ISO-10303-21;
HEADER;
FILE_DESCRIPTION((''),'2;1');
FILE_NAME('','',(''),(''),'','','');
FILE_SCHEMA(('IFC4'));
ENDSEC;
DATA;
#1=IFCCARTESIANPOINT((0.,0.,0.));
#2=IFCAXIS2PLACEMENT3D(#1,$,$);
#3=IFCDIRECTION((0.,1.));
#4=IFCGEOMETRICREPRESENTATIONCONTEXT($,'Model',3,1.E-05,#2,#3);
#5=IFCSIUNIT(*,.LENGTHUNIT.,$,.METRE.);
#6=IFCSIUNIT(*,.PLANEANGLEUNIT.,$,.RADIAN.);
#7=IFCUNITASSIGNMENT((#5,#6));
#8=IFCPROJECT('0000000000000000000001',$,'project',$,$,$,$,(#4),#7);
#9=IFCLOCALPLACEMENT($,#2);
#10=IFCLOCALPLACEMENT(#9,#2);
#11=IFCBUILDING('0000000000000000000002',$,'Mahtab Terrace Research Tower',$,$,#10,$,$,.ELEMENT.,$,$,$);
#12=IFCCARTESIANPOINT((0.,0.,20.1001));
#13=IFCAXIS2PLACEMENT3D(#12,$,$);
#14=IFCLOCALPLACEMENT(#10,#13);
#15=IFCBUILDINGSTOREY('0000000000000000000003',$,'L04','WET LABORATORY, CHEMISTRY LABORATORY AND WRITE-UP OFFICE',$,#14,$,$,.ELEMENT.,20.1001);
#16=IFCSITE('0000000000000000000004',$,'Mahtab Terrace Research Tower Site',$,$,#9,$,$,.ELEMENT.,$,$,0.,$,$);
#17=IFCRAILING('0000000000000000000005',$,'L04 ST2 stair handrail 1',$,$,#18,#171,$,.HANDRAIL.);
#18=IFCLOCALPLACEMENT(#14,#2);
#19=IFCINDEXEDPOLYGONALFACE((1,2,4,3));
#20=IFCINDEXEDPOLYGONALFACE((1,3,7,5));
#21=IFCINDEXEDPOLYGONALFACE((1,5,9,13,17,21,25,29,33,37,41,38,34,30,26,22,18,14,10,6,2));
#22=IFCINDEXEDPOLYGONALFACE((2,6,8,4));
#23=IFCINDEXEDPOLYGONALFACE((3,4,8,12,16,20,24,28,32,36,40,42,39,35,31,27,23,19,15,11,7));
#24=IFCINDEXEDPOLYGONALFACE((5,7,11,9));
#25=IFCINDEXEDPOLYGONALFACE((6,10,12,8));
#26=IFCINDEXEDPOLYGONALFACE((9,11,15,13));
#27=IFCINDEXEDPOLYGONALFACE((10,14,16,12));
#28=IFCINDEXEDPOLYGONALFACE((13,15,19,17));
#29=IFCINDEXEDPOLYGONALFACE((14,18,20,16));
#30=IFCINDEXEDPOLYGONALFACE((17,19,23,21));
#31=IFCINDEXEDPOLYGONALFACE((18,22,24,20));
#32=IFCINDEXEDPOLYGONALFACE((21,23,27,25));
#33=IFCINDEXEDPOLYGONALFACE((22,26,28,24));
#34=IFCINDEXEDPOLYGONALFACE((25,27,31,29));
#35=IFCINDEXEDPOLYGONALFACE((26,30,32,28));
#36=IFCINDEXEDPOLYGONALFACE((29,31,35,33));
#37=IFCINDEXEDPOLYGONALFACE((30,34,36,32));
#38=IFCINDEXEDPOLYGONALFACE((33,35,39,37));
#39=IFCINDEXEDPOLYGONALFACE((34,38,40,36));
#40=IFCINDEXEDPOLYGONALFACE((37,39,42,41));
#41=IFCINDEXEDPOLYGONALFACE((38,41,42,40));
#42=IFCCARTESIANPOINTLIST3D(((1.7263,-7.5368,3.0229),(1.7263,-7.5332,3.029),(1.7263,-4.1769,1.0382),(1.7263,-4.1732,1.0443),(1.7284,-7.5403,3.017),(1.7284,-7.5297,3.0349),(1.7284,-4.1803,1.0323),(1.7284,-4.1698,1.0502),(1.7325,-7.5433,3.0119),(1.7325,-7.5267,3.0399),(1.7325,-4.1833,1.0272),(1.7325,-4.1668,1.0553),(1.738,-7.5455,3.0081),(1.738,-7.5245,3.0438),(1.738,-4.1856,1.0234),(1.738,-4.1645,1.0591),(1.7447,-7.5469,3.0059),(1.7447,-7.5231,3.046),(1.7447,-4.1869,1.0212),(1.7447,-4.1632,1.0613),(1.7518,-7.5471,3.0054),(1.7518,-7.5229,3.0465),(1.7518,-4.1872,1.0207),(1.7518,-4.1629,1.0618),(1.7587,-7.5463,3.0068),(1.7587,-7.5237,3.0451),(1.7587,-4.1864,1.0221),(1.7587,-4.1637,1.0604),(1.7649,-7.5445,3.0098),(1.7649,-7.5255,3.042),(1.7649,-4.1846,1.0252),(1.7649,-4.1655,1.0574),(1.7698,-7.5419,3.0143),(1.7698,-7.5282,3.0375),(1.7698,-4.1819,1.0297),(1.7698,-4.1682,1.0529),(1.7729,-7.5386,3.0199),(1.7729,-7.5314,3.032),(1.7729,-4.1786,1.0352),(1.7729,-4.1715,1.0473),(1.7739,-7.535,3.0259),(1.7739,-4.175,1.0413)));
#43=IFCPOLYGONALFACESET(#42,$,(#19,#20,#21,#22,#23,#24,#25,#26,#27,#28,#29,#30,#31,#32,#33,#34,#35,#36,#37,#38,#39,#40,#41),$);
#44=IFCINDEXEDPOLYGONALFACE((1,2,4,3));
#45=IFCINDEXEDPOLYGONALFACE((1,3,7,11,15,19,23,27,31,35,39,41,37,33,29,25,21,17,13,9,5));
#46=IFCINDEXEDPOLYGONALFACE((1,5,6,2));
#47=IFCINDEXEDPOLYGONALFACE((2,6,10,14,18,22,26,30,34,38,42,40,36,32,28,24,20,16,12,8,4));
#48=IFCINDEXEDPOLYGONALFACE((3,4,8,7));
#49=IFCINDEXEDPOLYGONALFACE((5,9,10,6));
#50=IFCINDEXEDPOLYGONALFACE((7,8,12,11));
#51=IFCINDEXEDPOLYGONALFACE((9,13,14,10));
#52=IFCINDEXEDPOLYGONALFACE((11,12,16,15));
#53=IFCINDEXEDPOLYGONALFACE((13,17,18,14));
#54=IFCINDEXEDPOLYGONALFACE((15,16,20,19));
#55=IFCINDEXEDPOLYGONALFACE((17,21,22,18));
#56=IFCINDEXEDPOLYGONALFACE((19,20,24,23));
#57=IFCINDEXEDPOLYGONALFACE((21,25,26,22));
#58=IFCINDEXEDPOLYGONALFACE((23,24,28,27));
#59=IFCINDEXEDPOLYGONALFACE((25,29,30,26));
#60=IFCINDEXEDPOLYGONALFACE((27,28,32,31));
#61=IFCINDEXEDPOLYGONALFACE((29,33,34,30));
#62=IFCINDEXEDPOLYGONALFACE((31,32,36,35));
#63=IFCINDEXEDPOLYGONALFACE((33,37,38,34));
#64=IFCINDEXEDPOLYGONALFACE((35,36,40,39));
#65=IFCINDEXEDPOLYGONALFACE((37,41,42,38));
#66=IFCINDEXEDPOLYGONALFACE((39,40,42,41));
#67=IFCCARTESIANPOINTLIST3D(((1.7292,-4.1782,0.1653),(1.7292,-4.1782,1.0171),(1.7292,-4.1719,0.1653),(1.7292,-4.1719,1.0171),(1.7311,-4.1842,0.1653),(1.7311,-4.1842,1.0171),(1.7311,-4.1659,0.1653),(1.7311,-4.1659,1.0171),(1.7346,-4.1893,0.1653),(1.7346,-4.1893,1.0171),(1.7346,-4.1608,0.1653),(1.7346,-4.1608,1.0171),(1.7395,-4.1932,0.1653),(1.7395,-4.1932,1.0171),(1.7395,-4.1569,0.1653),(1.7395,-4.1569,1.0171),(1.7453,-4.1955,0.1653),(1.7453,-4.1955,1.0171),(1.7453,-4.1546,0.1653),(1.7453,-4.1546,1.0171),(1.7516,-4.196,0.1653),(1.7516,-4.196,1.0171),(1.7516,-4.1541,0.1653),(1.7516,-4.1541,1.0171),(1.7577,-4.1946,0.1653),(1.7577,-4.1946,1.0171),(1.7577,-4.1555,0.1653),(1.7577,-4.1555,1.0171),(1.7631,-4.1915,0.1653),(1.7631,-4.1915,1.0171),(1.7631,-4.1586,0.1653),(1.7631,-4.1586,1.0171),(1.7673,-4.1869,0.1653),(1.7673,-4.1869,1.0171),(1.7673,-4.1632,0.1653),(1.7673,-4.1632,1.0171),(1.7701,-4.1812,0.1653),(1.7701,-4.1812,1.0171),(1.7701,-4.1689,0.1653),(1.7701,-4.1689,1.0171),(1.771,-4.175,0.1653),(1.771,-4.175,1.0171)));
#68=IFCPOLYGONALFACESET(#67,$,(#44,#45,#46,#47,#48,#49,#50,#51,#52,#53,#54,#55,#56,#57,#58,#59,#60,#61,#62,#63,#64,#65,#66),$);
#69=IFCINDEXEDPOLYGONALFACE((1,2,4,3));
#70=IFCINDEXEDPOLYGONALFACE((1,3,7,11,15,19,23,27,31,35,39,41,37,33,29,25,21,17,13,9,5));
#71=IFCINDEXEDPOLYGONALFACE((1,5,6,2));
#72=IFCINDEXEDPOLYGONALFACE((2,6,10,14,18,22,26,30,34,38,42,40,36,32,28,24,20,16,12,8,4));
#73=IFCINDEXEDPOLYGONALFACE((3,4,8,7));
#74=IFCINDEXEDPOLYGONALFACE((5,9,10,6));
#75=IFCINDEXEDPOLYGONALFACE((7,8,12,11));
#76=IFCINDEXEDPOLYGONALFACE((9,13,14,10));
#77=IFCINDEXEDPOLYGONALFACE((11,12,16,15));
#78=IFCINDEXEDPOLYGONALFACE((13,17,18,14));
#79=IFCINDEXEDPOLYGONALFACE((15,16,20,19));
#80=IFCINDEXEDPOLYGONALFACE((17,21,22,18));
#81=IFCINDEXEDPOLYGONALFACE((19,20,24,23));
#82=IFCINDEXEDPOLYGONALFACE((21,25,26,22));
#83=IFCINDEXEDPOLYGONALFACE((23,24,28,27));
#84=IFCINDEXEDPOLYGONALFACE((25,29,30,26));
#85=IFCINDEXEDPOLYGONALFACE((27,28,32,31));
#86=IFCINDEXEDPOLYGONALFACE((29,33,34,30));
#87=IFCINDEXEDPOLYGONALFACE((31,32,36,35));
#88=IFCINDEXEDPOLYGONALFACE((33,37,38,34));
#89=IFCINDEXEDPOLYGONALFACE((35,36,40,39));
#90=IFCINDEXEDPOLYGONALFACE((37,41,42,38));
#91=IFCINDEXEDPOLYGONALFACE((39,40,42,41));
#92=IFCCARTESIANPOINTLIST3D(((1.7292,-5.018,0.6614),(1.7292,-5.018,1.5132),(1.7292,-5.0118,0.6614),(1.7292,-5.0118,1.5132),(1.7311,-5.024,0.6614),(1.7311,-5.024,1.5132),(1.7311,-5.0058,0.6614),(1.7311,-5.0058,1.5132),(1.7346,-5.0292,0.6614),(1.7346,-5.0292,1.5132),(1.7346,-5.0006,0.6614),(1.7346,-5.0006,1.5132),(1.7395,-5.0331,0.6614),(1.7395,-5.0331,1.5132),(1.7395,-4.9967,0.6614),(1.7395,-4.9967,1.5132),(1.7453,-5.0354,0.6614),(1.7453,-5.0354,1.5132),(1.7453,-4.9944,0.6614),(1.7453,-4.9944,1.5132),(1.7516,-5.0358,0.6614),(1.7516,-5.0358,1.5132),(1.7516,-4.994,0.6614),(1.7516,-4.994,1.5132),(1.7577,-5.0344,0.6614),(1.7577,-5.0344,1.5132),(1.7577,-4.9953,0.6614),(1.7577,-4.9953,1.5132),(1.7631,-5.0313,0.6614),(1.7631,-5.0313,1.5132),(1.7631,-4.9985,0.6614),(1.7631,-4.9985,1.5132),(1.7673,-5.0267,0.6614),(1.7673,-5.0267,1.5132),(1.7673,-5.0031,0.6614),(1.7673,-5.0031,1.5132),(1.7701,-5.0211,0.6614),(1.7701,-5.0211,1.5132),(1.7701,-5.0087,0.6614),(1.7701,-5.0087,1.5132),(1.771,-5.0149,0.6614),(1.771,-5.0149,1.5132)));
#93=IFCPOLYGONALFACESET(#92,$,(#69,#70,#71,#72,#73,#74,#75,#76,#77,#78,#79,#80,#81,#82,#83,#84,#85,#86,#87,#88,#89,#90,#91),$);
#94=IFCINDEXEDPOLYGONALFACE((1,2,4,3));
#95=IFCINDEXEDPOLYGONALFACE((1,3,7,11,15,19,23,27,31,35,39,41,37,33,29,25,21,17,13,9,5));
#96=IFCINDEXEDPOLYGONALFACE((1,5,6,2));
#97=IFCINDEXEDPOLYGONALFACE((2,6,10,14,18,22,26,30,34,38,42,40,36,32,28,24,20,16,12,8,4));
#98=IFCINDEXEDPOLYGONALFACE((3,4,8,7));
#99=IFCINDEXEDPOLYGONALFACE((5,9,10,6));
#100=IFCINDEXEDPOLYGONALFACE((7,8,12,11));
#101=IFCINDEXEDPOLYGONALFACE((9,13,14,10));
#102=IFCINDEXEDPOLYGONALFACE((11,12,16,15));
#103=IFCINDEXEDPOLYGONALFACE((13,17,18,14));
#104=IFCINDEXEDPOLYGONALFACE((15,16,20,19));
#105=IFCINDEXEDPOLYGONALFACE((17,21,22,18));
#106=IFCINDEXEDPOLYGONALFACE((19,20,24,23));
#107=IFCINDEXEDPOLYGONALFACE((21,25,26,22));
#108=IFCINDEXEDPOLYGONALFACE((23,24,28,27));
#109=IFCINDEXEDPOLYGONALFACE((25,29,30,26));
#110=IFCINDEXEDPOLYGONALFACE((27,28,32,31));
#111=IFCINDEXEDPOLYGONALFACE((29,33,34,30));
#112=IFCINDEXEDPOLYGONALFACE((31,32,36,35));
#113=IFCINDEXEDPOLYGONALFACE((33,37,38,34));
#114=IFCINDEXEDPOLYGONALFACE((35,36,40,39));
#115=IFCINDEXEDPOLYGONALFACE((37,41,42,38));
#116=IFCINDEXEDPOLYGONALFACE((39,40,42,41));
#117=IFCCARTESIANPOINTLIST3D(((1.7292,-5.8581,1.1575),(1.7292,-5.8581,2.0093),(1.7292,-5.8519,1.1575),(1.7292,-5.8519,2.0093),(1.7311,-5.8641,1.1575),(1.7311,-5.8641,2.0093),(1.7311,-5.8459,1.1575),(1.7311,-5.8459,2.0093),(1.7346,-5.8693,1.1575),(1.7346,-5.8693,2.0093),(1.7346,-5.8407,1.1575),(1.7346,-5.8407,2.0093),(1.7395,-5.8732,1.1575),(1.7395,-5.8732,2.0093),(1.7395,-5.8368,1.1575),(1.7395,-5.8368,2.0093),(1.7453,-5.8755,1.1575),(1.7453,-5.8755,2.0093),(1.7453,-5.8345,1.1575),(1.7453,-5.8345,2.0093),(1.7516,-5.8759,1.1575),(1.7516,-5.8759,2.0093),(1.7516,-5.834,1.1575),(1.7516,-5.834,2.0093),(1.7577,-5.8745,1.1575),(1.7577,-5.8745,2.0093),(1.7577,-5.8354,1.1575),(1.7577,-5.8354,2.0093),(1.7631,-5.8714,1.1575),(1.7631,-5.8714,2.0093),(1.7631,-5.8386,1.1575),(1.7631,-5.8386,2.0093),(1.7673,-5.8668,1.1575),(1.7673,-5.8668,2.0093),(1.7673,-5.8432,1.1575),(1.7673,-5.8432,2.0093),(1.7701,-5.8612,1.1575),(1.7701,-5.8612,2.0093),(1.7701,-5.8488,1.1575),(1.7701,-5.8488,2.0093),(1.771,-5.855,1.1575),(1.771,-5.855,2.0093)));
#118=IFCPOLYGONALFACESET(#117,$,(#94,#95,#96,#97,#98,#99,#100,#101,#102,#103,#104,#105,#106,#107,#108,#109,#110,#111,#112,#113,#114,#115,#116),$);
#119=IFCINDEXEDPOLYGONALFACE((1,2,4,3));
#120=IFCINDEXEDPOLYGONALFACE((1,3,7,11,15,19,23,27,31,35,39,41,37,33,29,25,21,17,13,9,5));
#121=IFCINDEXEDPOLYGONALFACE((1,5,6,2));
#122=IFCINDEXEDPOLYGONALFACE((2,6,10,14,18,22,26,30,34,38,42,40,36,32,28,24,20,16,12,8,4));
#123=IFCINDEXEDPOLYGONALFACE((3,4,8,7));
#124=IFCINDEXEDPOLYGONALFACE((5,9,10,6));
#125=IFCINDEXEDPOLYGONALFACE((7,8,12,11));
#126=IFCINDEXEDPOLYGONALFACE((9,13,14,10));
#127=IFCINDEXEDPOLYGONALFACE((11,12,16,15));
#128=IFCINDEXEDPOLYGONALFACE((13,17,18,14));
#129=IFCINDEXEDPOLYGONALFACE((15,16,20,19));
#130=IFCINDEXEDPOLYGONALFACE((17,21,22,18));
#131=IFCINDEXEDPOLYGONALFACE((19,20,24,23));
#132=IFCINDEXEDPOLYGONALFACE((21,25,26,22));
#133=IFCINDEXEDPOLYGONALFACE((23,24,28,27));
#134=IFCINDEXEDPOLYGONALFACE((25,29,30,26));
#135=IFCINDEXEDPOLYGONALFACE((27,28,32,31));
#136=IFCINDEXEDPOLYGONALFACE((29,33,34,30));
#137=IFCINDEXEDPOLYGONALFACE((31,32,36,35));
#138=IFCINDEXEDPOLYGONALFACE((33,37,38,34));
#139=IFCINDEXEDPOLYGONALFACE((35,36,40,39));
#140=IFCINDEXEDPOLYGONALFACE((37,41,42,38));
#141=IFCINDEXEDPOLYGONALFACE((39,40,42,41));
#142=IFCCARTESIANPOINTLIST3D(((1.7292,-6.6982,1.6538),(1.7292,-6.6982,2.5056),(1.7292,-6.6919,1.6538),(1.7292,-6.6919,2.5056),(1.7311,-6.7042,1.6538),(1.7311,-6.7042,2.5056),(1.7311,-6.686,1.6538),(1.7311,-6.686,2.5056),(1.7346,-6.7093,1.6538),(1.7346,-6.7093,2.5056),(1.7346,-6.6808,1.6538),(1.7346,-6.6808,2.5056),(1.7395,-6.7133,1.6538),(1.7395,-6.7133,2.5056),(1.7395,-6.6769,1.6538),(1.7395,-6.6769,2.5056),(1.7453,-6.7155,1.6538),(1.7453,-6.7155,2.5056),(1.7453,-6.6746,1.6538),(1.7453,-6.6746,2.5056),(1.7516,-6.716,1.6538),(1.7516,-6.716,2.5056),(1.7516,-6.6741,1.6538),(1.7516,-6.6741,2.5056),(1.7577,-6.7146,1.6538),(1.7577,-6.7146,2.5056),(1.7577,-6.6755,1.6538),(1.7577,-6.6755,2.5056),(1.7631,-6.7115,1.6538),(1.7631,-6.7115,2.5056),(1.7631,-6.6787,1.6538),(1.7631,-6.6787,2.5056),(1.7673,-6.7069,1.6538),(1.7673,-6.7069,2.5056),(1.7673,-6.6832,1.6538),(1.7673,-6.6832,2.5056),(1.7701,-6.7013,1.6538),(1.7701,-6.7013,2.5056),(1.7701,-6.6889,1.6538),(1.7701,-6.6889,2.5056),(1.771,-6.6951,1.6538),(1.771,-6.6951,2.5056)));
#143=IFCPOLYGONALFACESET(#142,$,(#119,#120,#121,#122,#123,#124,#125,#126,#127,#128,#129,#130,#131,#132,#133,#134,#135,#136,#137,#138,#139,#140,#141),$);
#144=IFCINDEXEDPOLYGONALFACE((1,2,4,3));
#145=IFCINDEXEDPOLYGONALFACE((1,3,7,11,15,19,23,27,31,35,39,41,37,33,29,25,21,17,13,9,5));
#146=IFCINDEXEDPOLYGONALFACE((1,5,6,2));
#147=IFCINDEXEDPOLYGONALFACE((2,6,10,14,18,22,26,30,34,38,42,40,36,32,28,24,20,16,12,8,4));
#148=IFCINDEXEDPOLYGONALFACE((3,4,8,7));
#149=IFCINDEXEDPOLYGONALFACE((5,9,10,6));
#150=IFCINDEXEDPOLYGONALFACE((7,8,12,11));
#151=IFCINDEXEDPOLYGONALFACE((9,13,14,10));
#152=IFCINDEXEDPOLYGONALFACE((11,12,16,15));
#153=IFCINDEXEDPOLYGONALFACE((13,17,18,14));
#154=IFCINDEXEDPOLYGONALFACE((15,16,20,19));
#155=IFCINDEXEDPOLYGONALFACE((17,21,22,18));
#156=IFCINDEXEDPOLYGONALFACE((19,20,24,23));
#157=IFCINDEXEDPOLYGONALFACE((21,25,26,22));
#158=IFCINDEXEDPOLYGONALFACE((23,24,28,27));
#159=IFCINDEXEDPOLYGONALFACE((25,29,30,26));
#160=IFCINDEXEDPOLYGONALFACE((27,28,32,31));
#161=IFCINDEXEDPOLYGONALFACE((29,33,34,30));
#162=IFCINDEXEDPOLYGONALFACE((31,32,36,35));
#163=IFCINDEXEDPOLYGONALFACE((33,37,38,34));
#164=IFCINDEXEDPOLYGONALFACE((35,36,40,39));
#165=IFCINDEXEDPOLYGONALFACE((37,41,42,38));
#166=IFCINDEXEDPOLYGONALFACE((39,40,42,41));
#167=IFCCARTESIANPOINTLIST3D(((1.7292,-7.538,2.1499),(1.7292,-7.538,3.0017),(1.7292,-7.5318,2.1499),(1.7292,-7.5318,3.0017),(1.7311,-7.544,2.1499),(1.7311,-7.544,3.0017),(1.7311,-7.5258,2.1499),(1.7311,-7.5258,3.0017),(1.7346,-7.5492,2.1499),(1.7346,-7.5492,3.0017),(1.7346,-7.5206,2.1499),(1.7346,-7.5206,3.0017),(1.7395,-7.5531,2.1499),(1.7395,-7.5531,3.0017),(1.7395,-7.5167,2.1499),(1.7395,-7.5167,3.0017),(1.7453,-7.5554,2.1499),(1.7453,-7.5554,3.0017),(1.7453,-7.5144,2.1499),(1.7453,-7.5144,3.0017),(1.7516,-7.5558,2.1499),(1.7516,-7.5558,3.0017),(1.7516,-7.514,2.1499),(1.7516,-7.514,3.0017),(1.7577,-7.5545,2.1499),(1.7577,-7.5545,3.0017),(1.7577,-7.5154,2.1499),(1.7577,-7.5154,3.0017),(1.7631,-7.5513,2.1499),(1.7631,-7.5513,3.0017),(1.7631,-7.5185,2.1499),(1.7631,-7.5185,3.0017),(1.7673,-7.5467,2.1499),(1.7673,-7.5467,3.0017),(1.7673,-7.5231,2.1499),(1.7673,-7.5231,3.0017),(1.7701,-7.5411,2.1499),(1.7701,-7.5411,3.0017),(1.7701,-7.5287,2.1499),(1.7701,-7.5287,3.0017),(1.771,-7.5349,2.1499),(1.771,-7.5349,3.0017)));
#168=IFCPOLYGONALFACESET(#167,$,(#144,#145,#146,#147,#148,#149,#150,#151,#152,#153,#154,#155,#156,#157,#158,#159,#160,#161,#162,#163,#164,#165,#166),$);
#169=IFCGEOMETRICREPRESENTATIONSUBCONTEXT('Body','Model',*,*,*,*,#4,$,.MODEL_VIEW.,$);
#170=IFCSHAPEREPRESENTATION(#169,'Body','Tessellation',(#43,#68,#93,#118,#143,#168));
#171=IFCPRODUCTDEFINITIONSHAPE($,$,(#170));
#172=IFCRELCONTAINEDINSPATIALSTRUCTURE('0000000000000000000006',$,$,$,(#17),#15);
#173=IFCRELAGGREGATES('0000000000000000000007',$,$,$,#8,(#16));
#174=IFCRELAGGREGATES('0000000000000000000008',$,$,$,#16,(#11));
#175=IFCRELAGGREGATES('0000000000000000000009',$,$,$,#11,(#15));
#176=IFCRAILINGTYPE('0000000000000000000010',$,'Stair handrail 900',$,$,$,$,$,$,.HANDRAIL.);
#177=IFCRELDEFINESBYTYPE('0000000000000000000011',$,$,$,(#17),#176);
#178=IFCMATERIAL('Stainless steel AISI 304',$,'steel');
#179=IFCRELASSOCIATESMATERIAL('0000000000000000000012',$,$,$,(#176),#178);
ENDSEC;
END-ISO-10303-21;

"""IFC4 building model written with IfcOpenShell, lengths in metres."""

from ifc_helpers import new_model, si_unit, direction, frame, origin, origin_2d, place, context, subcontext, project, spatial, circle, extrude, material, type_object, element, save


model = new_model("IFC4")

# Units and contexts
model_context = context("Model", 3, precision=1e-05, world=origin(), true_north=direction((0.0, 1.0)))
body_context = subcontext(model_context, "Body", "Model", "MODEL_VIEW")
ifc_project = project(units=[si_unit("LENGTHUNIT", "METRE"), si_unit("PLANEANGLEUNIT", "RADIAN")], contexts=[model_context])

# Site, building, storey
site_placement = place(None, origin())
site = spatial("IfcSite", under=ifc_project, at=site_placement, Name="Mahtab Terrace Research Tower Site", CompositionType="ELEMENT", RefElevation=0.0)
building_placement = place(site_placement, origin())
building = spatial("IfcBuilding", under=site, at=building_placement, Name="Mahtab Terrace Research Tower", CompositionType="ELEMENT")
storey_placement = place(building_placement, frame((0.0, 0.0, 20.1001)))
storey = spatial("IfcBuildingStorey", under=building, at=storey_placement, Name="L04", Description="WET LABORATORY, CHEMISTRY LABORATORY AND WRITE-UP OFFICE", CompositionType="ELEMENT", Elevation=20.1001)

# Railing
ifc_material_1 = material(Name="Stainless steel AISI 304", Category="steel")
railing_type_1 = type_object("IfcRailingType", Name="Stair handrail 900", PredefinedType="HANDRAIL", material=ifc_material_1)
railing_1_placement = place(storey_placement, frame((1.75, -4.175, 0.1653)))
element("IfcRailing", 1, at=railing_1_placement, inside=storey, type_object=railing_type_1, Name="L04 ST2 stair handrail 1", PredefinedType="HANDRAIL", context=body_context, shape_type="SweptSolid", body=[
    extrude(circle(Radius=0.0239, at=origin_2d()), frame((0.0, 0.0, 0.876), z_axis=(0.0, -0.861011, 0.508586), x_axis=(1.0, 0.0, 0.0)), (0.0, 0.0, 1.0), 3.9023),
    extrude(circle(Radius=0.021, at=origin_2d()), origin(), (0.0, 0.0, 1.0), 0.8518),
    extrude(circle(Radius=0.021, at=origin_2d()), frame((0.0, -0.8398, 0.4961)), (0.0, 0.0, 1.0), 0.8518),
    extrude(circle(Radius=0.021, at=origin_2d()), frame((0.0, -1.6799, 0.9922)), (0.0, 0.0, 1.0), 0.8518),
    extrude(circle(Radius=0.021, at=origin_2d()), frame((0.0, -2.52, 1.4885)), (0.0, 0.0, 1.0), 0.8518),
    extrude(circle(Radius=0.021, at=origin_2d()), frame((0.0, -3.3599, 1.9846)), (0.0, 0.0, 1.0), 0.8518),
])

save(model, "model.ifc")
